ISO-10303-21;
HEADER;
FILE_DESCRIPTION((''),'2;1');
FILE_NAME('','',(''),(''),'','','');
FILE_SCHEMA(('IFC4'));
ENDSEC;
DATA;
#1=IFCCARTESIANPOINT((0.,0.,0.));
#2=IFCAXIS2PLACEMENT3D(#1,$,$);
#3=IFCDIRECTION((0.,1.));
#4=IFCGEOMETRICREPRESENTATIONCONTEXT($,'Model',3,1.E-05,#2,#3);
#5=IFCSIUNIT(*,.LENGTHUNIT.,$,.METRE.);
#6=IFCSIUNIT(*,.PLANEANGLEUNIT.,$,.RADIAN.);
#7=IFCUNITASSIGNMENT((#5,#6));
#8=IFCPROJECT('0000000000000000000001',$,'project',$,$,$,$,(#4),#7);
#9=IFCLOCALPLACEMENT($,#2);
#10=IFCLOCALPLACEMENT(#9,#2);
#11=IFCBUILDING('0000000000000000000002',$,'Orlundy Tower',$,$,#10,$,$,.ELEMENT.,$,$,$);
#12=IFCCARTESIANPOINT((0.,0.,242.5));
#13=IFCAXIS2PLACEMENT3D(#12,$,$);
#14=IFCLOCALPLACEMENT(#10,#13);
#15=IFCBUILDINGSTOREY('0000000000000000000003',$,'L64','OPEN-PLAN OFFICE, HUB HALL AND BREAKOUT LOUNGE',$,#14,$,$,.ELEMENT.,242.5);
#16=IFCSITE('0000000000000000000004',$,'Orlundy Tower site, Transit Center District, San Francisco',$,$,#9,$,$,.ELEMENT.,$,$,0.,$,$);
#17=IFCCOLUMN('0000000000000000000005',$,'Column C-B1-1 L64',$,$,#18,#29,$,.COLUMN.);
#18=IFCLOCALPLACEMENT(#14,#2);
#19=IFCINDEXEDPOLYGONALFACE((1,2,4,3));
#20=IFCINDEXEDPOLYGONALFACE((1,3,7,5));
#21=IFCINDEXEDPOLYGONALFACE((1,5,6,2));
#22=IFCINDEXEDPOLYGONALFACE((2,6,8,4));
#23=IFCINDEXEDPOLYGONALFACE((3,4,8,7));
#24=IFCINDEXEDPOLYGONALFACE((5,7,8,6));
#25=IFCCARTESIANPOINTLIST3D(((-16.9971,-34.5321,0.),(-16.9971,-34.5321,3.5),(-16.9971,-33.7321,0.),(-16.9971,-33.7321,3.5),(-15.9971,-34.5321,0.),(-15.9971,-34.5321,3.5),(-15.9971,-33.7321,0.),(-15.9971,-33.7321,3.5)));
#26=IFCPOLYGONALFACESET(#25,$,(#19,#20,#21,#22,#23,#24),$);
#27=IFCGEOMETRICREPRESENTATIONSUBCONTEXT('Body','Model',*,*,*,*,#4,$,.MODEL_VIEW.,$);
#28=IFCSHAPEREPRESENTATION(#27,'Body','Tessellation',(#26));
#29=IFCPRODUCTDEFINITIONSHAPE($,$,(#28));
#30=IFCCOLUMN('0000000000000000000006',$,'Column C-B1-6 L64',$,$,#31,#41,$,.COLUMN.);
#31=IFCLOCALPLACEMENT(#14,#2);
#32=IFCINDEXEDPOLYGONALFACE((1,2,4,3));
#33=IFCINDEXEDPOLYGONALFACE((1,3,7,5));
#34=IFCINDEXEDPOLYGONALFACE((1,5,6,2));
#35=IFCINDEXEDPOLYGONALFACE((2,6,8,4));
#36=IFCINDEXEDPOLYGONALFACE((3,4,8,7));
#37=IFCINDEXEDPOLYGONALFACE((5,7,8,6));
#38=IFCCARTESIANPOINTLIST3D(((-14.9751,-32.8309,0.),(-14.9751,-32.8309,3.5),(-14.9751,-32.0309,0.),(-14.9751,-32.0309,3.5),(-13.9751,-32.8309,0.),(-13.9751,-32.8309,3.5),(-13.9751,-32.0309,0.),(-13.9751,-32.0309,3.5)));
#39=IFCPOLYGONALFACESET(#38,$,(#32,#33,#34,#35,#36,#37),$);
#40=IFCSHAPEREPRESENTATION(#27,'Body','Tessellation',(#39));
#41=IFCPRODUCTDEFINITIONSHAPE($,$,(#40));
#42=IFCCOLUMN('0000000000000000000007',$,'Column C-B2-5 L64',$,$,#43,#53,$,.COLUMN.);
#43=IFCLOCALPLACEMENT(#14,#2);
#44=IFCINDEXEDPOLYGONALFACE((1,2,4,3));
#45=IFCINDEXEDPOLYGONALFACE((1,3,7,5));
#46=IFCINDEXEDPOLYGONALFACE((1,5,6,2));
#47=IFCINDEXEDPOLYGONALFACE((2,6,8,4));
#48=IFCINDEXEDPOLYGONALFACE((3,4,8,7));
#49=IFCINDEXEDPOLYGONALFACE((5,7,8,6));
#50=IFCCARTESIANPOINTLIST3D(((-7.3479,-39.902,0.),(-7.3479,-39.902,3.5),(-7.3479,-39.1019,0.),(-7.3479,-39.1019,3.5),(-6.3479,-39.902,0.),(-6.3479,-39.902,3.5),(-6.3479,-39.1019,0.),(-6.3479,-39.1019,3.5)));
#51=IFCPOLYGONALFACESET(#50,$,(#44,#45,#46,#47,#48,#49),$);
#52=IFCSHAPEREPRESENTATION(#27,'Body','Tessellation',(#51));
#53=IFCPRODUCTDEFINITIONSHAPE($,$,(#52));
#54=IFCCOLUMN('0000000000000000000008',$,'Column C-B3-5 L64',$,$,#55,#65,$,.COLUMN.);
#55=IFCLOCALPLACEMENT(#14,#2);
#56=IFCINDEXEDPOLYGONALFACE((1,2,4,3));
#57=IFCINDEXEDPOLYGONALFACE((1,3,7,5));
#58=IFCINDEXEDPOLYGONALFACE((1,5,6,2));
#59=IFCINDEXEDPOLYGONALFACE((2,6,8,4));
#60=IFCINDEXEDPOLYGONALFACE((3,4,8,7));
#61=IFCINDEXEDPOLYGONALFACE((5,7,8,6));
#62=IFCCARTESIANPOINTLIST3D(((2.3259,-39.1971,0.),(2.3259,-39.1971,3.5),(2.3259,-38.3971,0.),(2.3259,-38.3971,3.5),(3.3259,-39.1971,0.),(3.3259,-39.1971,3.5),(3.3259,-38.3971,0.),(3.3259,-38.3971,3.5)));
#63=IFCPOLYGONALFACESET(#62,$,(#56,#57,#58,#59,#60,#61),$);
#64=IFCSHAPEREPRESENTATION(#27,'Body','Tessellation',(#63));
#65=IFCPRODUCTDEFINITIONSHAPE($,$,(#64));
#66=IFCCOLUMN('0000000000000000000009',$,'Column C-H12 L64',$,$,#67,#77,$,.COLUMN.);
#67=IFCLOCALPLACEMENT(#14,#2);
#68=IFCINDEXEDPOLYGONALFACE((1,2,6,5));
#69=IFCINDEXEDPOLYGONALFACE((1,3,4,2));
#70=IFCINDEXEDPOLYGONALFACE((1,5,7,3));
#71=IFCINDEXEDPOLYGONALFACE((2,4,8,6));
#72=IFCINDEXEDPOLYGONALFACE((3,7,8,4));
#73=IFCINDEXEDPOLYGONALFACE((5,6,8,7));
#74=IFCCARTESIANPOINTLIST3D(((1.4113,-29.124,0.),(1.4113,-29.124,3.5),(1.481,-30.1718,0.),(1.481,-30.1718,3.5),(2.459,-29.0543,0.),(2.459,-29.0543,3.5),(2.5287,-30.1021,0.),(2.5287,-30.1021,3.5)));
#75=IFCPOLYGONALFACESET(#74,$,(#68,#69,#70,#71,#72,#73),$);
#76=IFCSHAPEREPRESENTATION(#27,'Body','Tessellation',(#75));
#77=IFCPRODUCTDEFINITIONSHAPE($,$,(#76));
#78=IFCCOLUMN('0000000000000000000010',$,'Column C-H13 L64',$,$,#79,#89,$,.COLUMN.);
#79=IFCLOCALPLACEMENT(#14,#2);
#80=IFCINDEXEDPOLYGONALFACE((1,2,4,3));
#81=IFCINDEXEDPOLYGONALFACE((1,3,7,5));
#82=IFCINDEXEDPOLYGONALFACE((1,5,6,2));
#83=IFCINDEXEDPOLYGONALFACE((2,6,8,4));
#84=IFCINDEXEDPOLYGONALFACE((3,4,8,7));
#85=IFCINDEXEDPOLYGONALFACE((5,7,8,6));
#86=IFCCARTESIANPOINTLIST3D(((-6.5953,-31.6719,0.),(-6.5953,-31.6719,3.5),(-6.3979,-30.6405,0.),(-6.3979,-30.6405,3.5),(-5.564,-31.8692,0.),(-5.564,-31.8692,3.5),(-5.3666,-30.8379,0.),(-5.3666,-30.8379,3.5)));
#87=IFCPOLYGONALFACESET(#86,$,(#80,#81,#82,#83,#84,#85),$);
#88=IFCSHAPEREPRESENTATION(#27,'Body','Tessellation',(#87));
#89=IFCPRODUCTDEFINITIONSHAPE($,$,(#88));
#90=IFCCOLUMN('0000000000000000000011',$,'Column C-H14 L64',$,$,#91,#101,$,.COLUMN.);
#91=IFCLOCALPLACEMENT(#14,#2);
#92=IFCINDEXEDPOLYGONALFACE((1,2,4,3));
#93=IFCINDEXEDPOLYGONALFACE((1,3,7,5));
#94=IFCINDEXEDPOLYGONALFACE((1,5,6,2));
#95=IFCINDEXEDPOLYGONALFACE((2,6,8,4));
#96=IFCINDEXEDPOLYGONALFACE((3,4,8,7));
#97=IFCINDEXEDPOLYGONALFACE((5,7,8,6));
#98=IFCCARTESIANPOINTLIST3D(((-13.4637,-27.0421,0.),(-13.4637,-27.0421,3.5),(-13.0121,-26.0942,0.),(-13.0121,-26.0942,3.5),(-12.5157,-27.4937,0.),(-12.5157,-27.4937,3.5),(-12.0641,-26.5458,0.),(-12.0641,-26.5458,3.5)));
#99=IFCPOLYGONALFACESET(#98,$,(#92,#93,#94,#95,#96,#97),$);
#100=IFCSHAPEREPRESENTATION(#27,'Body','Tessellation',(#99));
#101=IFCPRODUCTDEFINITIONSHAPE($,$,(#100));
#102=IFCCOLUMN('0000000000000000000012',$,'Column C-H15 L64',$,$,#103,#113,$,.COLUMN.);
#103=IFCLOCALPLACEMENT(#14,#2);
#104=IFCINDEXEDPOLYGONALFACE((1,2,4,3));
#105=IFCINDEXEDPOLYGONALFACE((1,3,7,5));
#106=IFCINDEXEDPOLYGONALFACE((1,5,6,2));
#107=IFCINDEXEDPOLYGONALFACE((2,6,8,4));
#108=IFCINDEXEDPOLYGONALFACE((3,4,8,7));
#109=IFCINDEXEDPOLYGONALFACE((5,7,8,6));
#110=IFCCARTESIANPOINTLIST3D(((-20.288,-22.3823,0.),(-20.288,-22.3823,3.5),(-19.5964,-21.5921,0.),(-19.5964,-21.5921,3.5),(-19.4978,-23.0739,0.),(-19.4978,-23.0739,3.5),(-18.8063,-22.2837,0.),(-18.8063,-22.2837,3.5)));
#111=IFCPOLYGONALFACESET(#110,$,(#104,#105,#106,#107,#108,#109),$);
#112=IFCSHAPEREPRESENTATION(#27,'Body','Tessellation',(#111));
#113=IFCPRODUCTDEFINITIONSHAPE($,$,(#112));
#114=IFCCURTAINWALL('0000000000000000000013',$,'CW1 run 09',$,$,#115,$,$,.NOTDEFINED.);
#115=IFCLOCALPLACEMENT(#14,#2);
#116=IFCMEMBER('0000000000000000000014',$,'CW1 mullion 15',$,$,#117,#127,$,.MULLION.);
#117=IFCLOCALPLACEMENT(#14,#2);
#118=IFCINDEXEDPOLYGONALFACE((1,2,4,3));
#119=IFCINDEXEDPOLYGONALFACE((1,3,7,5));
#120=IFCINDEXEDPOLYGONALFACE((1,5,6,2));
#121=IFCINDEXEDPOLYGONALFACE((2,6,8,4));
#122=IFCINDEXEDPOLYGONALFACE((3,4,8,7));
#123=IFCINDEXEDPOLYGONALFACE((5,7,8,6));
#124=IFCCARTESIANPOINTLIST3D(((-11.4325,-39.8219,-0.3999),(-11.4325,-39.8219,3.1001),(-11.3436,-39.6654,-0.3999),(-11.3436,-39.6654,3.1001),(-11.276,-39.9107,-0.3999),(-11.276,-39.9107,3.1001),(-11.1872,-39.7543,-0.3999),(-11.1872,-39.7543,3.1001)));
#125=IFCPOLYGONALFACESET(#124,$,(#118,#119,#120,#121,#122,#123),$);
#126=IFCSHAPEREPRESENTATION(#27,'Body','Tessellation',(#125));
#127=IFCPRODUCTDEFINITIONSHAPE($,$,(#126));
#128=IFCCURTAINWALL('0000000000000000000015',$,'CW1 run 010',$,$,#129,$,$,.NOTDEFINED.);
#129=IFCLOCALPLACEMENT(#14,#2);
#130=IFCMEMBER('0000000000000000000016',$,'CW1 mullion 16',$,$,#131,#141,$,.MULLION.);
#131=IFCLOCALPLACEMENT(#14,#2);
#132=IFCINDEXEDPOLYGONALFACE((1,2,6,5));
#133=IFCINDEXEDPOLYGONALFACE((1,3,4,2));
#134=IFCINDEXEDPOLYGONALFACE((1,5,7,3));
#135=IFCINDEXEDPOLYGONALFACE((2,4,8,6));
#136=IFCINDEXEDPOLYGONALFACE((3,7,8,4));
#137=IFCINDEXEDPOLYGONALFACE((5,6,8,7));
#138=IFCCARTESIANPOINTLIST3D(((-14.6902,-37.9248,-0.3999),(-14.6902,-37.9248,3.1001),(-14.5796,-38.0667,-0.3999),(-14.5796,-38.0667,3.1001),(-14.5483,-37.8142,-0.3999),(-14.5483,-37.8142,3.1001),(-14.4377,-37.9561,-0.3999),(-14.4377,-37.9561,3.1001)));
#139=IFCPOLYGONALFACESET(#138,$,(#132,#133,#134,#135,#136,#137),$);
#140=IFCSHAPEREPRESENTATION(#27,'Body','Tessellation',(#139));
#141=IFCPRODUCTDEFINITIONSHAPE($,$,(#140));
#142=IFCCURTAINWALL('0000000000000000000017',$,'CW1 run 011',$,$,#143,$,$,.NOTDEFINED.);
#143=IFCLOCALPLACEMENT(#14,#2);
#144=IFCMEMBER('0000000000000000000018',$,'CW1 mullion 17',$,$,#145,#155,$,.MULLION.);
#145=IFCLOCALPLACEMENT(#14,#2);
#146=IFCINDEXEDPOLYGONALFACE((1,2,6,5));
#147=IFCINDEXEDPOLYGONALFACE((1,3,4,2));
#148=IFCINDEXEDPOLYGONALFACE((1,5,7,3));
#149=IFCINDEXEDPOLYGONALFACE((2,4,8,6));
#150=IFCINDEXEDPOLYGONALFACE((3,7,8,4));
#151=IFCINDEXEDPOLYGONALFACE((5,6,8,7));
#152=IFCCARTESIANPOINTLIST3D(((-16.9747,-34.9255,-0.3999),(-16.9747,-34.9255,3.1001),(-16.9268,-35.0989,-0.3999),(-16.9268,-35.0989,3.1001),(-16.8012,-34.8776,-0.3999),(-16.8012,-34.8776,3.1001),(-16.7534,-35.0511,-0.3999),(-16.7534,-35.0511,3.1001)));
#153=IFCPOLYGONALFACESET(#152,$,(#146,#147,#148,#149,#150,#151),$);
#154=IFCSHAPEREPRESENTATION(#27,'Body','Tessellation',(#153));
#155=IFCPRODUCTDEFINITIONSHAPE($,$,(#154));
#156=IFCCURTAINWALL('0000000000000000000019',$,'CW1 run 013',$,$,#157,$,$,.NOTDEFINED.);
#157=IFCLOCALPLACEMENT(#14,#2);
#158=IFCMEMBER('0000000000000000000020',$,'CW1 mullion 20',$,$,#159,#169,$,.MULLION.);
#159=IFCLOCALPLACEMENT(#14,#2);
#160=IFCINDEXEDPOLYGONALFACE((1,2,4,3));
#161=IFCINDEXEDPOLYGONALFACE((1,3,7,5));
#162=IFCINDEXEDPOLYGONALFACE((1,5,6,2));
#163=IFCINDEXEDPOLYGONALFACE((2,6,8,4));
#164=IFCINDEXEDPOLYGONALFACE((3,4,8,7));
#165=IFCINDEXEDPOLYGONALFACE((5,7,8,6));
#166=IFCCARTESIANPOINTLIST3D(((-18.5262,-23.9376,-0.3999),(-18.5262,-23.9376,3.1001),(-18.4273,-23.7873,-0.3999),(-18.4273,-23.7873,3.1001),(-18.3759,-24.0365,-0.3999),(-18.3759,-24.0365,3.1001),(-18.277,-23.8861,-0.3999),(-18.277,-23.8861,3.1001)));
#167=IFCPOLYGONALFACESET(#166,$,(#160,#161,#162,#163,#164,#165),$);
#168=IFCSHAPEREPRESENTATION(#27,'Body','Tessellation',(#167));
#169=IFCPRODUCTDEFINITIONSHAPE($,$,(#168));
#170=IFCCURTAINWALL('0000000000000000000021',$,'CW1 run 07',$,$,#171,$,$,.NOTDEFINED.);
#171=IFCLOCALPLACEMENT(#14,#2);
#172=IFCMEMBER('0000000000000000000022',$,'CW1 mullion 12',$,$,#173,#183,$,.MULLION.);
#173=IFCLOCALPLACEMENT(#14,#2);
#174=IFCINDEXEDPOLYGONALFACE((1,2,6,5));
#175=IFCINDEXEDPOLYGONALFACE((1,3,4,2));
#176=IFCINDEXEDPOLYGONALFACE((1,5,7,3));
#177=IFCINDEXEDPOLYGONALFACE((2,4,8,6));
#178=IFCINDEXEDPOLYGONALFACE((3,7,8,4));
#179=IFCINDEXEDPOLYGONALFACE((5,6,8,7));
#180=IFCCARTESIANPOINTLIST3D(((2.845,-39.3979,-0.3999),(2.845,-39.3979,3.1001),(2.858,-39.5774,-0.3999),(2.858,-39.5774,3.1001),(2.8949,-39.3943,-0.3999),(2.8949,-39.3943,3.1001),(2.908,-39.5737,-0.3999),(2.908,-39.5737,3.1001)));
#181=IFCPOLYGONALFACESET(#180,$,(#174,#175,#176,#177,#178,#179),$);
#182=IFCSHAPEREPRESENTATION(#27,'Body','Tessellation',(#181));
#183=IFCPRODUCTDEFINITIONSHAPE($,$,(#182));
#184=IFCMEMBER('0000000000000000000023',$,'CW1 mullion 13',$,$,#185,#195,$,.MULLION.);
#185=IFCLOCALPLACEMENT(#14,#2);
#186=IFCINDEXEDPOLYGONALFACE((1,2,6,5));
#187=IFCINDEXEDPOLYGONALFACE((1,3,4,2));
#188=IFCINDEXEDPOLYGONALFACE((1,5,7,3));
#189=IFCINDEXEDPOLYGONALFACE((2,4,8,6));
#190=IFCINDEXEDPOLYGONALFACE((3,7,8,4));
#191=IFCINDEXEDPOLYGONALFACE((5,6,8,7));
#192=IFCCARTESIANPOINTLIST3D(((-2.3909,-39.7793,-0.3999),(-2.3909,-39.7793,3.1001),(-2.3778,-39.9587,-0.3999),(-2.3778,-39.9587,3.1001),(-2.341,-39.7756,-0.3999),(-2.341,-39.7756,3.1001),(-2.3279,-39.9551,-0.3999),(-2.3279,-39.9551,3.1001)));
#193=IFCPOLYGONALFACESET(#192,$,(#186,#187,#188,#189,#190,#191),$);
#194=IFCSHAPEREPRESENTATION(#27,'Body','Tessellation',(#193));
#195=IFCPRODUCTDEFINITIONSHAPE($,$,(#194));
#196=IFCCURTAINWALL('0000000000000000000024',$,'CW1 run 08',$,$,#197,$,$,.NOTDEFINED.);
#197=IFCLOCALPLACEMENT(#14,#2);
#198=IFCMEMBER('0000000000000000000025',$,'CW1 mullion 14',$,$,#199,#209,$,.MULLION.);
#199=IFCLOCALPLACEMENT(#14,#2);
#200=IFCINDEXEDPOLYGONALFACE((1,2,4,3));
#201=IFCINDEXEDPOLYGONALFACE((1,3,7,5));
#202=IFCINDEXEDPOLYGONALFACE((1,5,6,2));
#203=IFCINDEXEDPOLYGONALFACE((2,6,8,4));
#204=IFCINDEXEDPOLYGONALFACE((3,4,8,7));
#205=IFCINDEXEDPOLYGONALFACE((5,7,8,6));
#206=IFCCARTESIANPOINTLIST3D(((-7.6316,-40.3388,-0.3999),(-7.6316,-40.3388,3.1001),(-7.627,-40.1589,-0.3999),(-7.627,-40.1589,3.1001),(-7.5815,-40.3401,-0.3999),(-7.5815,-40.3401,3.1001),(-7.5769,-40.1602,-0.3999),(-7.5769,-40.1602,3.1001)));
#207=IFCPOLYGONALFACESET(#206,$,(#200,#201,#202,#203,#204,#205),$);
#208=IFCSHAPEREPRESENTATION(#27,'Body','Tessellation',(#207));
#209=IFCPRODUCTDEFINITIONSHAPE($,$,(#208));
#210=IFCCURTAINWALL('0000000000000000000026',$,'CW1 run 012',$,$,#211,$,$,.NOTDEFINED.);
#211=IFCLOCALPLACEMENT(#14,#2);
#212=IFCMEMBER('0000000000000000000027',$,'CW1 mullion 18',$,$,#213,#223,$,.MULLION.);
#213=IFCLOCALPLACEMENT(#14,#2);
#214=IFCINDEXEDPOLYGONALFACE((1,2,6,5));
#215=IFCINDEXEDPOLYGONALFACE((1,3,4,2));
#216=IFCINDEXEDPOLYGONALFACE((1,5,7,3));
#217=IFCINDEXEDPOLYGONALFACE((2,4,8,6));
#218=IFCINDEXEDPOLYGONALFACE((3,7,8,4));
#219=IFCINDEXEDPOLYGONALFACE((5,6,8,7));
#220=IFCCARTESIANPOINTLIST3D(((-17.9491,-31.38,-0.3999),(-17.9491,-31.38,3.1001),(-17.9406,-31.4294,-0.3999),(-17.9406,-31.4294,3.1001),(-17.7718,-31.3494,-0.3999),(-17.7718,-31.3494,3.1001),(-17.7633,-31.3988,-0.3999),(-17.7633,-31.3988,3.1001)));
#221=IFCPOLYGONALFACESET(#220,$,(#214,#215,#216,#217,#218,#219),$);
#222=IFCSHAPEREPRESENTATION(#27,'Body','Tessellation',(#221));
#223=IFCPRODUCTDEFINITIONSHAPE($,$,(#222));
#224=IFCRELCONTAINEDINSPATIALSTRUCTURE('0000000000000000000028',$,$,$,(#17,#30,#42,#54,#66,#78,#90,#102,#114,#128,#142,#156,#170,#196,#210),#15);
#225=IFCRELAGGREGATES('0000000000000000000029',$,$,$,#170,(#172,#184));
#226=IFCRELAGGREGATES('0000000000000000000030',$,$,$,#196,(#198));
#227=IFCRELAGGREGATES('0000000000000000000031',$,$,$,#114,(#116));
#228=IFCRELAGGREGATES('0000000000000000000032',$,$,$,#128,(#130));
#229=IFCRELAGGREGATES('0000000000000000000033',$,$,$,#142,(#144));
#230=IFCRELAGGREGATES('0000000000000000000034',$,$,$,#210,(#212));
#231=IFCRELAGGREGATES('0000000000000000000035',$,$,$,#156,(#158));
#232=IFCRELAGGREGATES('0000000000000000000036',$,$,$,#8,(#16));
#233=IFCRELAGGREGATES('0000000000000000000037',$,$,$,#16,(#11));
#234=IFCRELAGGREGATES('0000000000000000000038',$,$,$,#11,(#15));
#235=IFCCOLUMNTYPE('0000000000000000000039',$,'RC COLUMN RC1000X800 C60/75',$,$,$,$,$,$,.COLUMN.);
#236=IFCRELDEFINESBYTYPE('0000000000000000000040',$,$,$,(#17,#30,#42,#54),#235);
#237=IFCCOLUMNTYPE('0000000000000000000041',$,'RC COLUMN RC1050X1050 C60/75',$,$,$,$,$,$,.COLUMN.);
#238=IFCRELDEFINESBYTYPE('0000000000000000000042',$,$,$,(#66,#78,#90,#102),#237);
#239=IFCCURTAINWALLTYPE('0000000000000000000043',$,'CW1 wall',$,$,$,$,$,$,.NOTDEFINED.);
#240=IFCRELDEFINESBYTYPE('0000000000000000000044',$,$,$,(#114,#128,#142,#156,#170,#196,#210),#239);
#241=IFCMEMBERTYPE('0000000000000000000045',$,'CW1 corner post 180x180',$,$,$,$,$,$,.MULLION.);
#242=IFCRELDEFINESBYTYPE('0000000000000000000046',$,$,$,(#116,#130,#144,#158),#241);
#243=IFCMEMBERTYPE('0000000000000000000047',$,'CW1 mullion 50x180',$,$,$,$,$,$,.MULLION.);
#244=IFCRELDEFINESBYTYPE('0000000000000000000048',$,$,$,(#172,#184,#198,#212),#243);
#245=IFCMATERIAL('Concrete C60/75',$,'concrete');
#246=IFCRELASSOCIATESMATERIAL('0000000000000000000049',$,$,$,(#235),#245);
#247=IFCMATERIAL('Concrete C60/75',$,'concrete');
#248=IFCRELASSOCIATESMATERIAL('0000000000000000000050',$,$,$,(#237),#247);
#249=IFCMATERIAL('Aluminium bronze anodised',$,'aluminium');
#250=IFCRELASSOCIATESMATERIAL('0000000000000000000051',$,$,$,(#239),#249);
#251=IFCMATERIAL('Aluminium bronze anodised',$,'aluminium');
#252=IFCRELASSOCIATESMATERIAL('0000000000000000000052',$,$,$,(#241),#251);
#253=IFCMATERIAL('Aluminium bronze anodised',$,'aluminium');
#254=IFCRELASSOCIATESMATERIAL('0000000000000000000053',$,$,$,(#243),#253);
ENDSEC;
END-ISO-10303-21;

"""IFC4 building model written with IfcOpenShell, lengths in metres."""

from ifc_helpers import new_model, si_unit, direction, frame, origin, origin_2d, place, context, subcontext, project, spatial, rectangle, extrude, material, material_profile, profile_set, type_object, element, aggregate, save


model = new_model("IFC4")

# Units and contexts
model_context = context("Model", 3, precision=1e-05, world=origin(), true_north=direction((0.0, 1.0)))
body_context = subcontext(model_context, "Body", "Model", "MODEL_VIEW")
ifc_project = project(units=[si_unit("LENGTHUNIT", "METRE"), si_unit("PLANEANGLEUNIT", "RADIAN")], contexts=[model_context])

# Site, building, storey
site_placement = place(None, origin())
site = spatial("IfcSite", under=ifc_project, at=site_placement, Name="Orlundy Tower site, Transit Center District, San Francisco", CompositionType="ELEMENT", RefElevation=0.0)
building_placement = place(site_placement, origin())
building = spatial("IfcBuilding", under=site, at=building_placement, Name="Orlundy Tower", CompositionType="ELEMENT")
storey_placement = place(building_placement, frame((0.0, 0.0, 242.5)))
storey = spatial("IfcBuildingStorey", under=building, at=storey_placement, Name="L64", Description="OPEN-PLAN OFFICE, HUB HALL AND BREAKOUT LOUNGE", CompositionType="ELEMENT", Elevation=242.5)

# Columns
ifc_material_1 = material(Name="Concrete C60/75", Category="concrete")
ifc_material_profile_1 = material_profile(ifc_material_1, rectangle(XDim=1.0, YDim=0.8, at=origin_2d()), Name="RC1000X800")
ifc_profile_set_1 = profile_set([ifc_material_profile_1], Name="Concrete C60/75")
column_type_1 = type_object("IfcColumnType", Name="RC COLUMN RC1000X800 C60/75", PredefinedType="COLUMN", material=ifc_profile_set_1)
for number, where, z_axis, x_axis, name in (
    (1, (-16.4971, -34.1321, 0.0), (0.0, 0.0, 1.0), (1.0, 0.0, 0.0), "Column C-B1-1 L64"),
    (2, (-14.4751, -32.4309, 0.0), (0.0, 0.0, 1.0), (1.0, 0.0, 0.0), "Column C-B1-6 L64"),
    (3, (-6.8479, -39.502, 0.0), (0.0, 0.0, 1.0), (1.0, 0.0, 0.0), "Column C-B2-5 L64"),
    (4, (2.8259, -38.7971, 0.0), (0.0, 0.0, 1.0), (1.0, 0.0, 0.0), "Column C-B3-5 L64"),
):
    element("IfcColumn", number, at=place(storey_placement, frame(where, z_axis=z_axis, x_axis=x_axis)), inside=storey, type_object=column_type_1, Name=name, PredefinedType="COLUMN", context=body_context, shape_type="SweptSolid", body=[
        extrude(rectangle(XDim=1.0, YDim=0.8, at=origin_2d()), origin(), (0.0, 0.0, 1.0), 3.5),
    ])
ifc_material_2 = material(Name="Concrete C60/75", Category="concrete")
ifc_material_profile_2 = material_profile(ifc_material_2, rectangle(XDim=1.05, YDim=1.05, at=origin_2d()), Name="RC1050X1050")
ifc_profile_set_2 = profile_set([ifc_material_profile_2], Name="Concrete C60/75")
column_type_2 = type_object("IfcColumnType", Name="RC COLUMN RC1050X1050 C60/75", PredefinedType="COLUMN", material=ifc_profile_set_2)
for number, where, z_axis, x_axis, name in (
    (5, (1.97, -29.613, 0.0), (0.0, 0.0, 1.0), (0.066378, -0.997795, 0.0), "Column C-H12 L64"),
    (6, (-5.981, -31.2549, 0.0), (0.0, 0.0, 1.0), (-0.187947, -0.982179, 0.0), "Column C-H13 L64"),
    (7, (-12.7639, -26.7939, 0.0), (0.0, 0.0, 1.0), (-0.43007, -0.902796, 0.0), "Column C-H14 L64"),
    (8, (-19.5471, -22.333, 0.0), (0.0, 0.0, 1.0), (-0.658611, -0.752484, 0.0), "Column C-H15 L64"),
):
    element("IfcColumn", number, at=place(storey_placement, frame(where, z_axis=z_axis, x_axis=x_axis)), inside=storey, type_object=column_type_2, Name=name, PredefinedType="COLUMN", context=body_context, shape_type="SweptSolid", body=[
        extrude(rectangle(XDim=1.05, YDim=1.05, at=origin_2d()), origin(), (0.0, 0.0, 1.0), 3.5),
    ])

# Curtain walls, members
ifc_material_3 = material(Name="Aluminium bronze anodised", Category="aluminium")
curtain_wall_type = type_object("IfcCurtainWallType", Name="CW1 wall", PredefinedType="NOTDEFINED", material=ifc_material_3)
curtain_wall_1_placement = place(storey_placement, origin())
curtain_wall_1 = element("IfcCurtainWall", 9, at=curtain_wall_1_placement, inside=storey, type_object=curtain_wall_type, Name="CW1 run 09", PredefinedType="NOTDEFINED")
ifc_material_4 = material(Name="Aluminium bronze anodised", Category="aluminium")
ifc_material_profile_3 = material_profile(ifc_material_4, rectangle(XDim=0.1799, YDim=0.1799, at=origin_2d()), Name="CW1 corner post 180x180")
ifc_profile_set_3 = profile_set([ifc_material_profile_3], Name="Aluminium bronze anodised")
member_type_1 = type_object("IfcMemberType", Name="CW1 corner post 180x180", PredefinedType="MULLION", material=ifc_profile_set_3)
member_1_placement = place(storey_placement, frame((-11.3098, -39.7881, -0.3999), z_axis=(0.0, 0.0, 1.0), x_axis=(-0.493754, -0.869601, 0.0)))
member_1 = element("IfcMember", 10, at=member_1_placement, type_object=member_type_1, Name="CW1 mullion 15", PredefinedType="MULLION", context=body_context, shape_type="SweptSolid", body=[
    extrude(rectangle(XDim=0.1799, YDim=0.1799, at=origin_2d()), origin(), (0.0, 0.0, 1.0), 3.5),
])
curtain_wall_2_placement = place(storey_placement, origin())
curtain_wall_2 = element("IfcCurtainWall", 11, at=curtain_wall_2_placement, inside=storey, type_object=curtain_wall_type, Name="CW1 run 010", PredefinedType="NOTDEFINED")
member_2_placement = place(storey_placement, frame((-14.564, -37.9404, -0.3999), z_axis=(0.0, 0.0, 1.0), x_axis=(-0.788858, -0.614575, 0.0)))
member_2 = element("IfcMember", 12, at=member_2_placement, type_object=member_type_1, Name="CW1 mullion 16", PredefinedType="MULLION", context=body_context, shape_type="SweptSolid", body=[
    extrude(rectangle(XDim=0.1799, YDim=0.1799, at=origin_2d()), origin(), (0.0, 0.0, 1.0), 3.5),
])
curtain_wall_3_placement = place(storey_placement, origin())
curtain_wall_3 = element("IfcCurtainWall", 13, at=curtain_wall_3_placement, inside=storey, type_object=curtain_wall_type, Name="CW1 run 011", PredefinedType="NOTDEFINED")
member_3_placement = place(storey_placement, frame((-16.864, -34.9883, -0.3999), z_axis=(0.0, 0.0, 1.0), x_axis=(-0.964038, -0.265765, 0.0)))
member_3 = element("IfcMember", 14, at=member_3_placement, type_object=member_type_1, Name="CW1 mullion 17", PredefinedType="MULLION", context=body_context, shape_type="SweptSolid", body=[
    extrude(rectangle(XDim=0.1799, YDim=0.1799, at=origin_2d()), origin(), (0.0, 0.0, 1.0), 3.5),
])
curtain_wall_4_placement = place(storey_placement, origin())
curtain_wall_4 = element("IfcCurtainWall", 15, at=curtain_wall_4_placement, inside=storey, type_object=curtain_wall_type, Name="CW1 run 013", PredefinedType="NOTDEFINED")
member_4_placement = place(storey_placement, frame((-18.4016, -23.9119, -0.3999), z_axis=(0.0, 0.0, 1.0), x_axis=(-0.549527, -0.835476, 0.0)))
member_4 = element("IfcMember", 16, at=member_4_placement, type_object=member_type_1, Name="CW1 mullion 20", PredefinedType="MULLION", context=body_context, shape_type="SweptSolid", body=[
    extrude(rectangle(XDim=0.1799, YDim=0.1799, at=origin_2d()), origin(), (0.0, 0.0, 1.0), 3.5),
])

# Curtain wall, members
curtain_wall_5_placement = place(storey_placement, origin())
curtain_wall_5 = element("IfcCurtainWall", 17, at=curtain_wall_5_placement, inside=storey, type_object=curtain_wall_type, Name="CW1 run 07", PredefinedType="NOTDEFINED")
ifc_material_5 = material(Name="Aluminium bronze anodised", Category="aluminium")
ifc_material_profile_4 = material_profile(ifc_material_5, rectangle(XDim=0.1799, YDim=0.05, at=origin_2d()), Name="CW1 mullion 50x180")
ifc_profile_set_4 = profile_set([ifc_material_profile_4], Name="Aluminium bronze anodised")
member_type_2 = type_object("IfcMemberType", Name="CW1 mullion 50x180", PredefinedType="MULLION", material=ifc_profile_set_4)
member_5_placement = place(storey_placement, frame((2.8765, -39.4858, -0.3999), z_axis=(0.0, 0.0, 1.0), x_axis=(0.072668, -0.997356, 0.0)))
member_5 = element("IfcMember", 18, at=member_5_placement, type_object=member_type_2, Name="CW1 mullion 12", PredefinedType="MULLION", context=body_context, shape_type="SweptSolid", body=[
    extrude(rectangle(XDim=0.1799, YDim=0.05, at=origin_2d()), origin(), (0.0, 0.0, 1.0), 3.5),
])
member_6_placement = place(storey_placement, frame((-2.3594, -39.8672, -0.3999), z_axis=(0.0, 0.0, 1.0), x_axis=(0.072668, -0.997356, 0.0)))
member_6 = element("IfcMember", 19, at=member_6_placement, type_object=member_type_2, Name="CW1 mullion 13", PredefinedType="MULLION", context=body_context, shape_type="SweptSolid", body=[
    extrude(rectangle(XDim=0.1799, YDim=0.05, at=origin_2d()), origin(), (0.0, 0.0, 1.0), 3.5),
])

# Curtain wall, member
curtain_wall_6_placement = place(storey_placement, origin())
curtain_wall_6 = element("IfcCurtainWall", 20, at=curtain_wall_6_placement, inside=storey, type_object=curtain_wall_type, Name="CW1 run 08", PredefinedType="NOTDEFINED")
member_7_placement = place(storey_placement, frame((-7.6042, -40.2495, -0.3999), z_axis=(0.0, 0.0, 1.0), x_axis=(-0.025558, -0.999673, 0.0)))
member_7 = element("IfcMember", 21, at=member_7_placement, type_object=member_type_2, Name="CW1 mullion 14", PredefinedType="MULLION", context=body_context, shape_type="SweptSolid", body=[
    extrude(rectangle(XDim=0.1799, YDim=0.05, at=origin_2d()), origin(), (0.0, 0.0, 1.0), 3.5),
])

# Curtain wall, member
curtain_wall_7_placement = place(storey_placement, origin())
curtain_wall_7 = element("IfcCurtainWall", 22, at=curtain_wall_7_placement, inside=storey, type_object=curtain_wall_type, Name="CW1 run 012", PredefinedType="NOTDEFINED")
member_8_placement = place(storey_placement, frame((-17.8562, -31.3894, -0.3999), z_axis=(0.0, 0.0, 1.0), x_axis=(-0.985431, -0.170073, 0.0)))
member_8 = element("IfcMember", 23, at=member_8_placement, type_object=member_type_2, Name="CW1 mullion 18", PredefinedType="MULLION", context=body_context, shape_type="SweptSolid", body=[
    extrude(rectangle(XDim=0.1799, YDim=0.05, at=origin_2d()), origin(), (0.0, 0.0, 1.0), 3.5),
])

aggregate(curtain_wall_5, [member_5, member_6])
aggregate(curtain_wall_6, [member_7])
aggregate(curtain_wall_1, [member_1])
aggregate(curtain_wall_2, [member_2])
aggregate(curtain_wall_3, [member_3])
aggregate(curtain_wall_7, [member_8])
aggregate(curtain_wall_4, [member_4])

save(model, "model.ifc")
